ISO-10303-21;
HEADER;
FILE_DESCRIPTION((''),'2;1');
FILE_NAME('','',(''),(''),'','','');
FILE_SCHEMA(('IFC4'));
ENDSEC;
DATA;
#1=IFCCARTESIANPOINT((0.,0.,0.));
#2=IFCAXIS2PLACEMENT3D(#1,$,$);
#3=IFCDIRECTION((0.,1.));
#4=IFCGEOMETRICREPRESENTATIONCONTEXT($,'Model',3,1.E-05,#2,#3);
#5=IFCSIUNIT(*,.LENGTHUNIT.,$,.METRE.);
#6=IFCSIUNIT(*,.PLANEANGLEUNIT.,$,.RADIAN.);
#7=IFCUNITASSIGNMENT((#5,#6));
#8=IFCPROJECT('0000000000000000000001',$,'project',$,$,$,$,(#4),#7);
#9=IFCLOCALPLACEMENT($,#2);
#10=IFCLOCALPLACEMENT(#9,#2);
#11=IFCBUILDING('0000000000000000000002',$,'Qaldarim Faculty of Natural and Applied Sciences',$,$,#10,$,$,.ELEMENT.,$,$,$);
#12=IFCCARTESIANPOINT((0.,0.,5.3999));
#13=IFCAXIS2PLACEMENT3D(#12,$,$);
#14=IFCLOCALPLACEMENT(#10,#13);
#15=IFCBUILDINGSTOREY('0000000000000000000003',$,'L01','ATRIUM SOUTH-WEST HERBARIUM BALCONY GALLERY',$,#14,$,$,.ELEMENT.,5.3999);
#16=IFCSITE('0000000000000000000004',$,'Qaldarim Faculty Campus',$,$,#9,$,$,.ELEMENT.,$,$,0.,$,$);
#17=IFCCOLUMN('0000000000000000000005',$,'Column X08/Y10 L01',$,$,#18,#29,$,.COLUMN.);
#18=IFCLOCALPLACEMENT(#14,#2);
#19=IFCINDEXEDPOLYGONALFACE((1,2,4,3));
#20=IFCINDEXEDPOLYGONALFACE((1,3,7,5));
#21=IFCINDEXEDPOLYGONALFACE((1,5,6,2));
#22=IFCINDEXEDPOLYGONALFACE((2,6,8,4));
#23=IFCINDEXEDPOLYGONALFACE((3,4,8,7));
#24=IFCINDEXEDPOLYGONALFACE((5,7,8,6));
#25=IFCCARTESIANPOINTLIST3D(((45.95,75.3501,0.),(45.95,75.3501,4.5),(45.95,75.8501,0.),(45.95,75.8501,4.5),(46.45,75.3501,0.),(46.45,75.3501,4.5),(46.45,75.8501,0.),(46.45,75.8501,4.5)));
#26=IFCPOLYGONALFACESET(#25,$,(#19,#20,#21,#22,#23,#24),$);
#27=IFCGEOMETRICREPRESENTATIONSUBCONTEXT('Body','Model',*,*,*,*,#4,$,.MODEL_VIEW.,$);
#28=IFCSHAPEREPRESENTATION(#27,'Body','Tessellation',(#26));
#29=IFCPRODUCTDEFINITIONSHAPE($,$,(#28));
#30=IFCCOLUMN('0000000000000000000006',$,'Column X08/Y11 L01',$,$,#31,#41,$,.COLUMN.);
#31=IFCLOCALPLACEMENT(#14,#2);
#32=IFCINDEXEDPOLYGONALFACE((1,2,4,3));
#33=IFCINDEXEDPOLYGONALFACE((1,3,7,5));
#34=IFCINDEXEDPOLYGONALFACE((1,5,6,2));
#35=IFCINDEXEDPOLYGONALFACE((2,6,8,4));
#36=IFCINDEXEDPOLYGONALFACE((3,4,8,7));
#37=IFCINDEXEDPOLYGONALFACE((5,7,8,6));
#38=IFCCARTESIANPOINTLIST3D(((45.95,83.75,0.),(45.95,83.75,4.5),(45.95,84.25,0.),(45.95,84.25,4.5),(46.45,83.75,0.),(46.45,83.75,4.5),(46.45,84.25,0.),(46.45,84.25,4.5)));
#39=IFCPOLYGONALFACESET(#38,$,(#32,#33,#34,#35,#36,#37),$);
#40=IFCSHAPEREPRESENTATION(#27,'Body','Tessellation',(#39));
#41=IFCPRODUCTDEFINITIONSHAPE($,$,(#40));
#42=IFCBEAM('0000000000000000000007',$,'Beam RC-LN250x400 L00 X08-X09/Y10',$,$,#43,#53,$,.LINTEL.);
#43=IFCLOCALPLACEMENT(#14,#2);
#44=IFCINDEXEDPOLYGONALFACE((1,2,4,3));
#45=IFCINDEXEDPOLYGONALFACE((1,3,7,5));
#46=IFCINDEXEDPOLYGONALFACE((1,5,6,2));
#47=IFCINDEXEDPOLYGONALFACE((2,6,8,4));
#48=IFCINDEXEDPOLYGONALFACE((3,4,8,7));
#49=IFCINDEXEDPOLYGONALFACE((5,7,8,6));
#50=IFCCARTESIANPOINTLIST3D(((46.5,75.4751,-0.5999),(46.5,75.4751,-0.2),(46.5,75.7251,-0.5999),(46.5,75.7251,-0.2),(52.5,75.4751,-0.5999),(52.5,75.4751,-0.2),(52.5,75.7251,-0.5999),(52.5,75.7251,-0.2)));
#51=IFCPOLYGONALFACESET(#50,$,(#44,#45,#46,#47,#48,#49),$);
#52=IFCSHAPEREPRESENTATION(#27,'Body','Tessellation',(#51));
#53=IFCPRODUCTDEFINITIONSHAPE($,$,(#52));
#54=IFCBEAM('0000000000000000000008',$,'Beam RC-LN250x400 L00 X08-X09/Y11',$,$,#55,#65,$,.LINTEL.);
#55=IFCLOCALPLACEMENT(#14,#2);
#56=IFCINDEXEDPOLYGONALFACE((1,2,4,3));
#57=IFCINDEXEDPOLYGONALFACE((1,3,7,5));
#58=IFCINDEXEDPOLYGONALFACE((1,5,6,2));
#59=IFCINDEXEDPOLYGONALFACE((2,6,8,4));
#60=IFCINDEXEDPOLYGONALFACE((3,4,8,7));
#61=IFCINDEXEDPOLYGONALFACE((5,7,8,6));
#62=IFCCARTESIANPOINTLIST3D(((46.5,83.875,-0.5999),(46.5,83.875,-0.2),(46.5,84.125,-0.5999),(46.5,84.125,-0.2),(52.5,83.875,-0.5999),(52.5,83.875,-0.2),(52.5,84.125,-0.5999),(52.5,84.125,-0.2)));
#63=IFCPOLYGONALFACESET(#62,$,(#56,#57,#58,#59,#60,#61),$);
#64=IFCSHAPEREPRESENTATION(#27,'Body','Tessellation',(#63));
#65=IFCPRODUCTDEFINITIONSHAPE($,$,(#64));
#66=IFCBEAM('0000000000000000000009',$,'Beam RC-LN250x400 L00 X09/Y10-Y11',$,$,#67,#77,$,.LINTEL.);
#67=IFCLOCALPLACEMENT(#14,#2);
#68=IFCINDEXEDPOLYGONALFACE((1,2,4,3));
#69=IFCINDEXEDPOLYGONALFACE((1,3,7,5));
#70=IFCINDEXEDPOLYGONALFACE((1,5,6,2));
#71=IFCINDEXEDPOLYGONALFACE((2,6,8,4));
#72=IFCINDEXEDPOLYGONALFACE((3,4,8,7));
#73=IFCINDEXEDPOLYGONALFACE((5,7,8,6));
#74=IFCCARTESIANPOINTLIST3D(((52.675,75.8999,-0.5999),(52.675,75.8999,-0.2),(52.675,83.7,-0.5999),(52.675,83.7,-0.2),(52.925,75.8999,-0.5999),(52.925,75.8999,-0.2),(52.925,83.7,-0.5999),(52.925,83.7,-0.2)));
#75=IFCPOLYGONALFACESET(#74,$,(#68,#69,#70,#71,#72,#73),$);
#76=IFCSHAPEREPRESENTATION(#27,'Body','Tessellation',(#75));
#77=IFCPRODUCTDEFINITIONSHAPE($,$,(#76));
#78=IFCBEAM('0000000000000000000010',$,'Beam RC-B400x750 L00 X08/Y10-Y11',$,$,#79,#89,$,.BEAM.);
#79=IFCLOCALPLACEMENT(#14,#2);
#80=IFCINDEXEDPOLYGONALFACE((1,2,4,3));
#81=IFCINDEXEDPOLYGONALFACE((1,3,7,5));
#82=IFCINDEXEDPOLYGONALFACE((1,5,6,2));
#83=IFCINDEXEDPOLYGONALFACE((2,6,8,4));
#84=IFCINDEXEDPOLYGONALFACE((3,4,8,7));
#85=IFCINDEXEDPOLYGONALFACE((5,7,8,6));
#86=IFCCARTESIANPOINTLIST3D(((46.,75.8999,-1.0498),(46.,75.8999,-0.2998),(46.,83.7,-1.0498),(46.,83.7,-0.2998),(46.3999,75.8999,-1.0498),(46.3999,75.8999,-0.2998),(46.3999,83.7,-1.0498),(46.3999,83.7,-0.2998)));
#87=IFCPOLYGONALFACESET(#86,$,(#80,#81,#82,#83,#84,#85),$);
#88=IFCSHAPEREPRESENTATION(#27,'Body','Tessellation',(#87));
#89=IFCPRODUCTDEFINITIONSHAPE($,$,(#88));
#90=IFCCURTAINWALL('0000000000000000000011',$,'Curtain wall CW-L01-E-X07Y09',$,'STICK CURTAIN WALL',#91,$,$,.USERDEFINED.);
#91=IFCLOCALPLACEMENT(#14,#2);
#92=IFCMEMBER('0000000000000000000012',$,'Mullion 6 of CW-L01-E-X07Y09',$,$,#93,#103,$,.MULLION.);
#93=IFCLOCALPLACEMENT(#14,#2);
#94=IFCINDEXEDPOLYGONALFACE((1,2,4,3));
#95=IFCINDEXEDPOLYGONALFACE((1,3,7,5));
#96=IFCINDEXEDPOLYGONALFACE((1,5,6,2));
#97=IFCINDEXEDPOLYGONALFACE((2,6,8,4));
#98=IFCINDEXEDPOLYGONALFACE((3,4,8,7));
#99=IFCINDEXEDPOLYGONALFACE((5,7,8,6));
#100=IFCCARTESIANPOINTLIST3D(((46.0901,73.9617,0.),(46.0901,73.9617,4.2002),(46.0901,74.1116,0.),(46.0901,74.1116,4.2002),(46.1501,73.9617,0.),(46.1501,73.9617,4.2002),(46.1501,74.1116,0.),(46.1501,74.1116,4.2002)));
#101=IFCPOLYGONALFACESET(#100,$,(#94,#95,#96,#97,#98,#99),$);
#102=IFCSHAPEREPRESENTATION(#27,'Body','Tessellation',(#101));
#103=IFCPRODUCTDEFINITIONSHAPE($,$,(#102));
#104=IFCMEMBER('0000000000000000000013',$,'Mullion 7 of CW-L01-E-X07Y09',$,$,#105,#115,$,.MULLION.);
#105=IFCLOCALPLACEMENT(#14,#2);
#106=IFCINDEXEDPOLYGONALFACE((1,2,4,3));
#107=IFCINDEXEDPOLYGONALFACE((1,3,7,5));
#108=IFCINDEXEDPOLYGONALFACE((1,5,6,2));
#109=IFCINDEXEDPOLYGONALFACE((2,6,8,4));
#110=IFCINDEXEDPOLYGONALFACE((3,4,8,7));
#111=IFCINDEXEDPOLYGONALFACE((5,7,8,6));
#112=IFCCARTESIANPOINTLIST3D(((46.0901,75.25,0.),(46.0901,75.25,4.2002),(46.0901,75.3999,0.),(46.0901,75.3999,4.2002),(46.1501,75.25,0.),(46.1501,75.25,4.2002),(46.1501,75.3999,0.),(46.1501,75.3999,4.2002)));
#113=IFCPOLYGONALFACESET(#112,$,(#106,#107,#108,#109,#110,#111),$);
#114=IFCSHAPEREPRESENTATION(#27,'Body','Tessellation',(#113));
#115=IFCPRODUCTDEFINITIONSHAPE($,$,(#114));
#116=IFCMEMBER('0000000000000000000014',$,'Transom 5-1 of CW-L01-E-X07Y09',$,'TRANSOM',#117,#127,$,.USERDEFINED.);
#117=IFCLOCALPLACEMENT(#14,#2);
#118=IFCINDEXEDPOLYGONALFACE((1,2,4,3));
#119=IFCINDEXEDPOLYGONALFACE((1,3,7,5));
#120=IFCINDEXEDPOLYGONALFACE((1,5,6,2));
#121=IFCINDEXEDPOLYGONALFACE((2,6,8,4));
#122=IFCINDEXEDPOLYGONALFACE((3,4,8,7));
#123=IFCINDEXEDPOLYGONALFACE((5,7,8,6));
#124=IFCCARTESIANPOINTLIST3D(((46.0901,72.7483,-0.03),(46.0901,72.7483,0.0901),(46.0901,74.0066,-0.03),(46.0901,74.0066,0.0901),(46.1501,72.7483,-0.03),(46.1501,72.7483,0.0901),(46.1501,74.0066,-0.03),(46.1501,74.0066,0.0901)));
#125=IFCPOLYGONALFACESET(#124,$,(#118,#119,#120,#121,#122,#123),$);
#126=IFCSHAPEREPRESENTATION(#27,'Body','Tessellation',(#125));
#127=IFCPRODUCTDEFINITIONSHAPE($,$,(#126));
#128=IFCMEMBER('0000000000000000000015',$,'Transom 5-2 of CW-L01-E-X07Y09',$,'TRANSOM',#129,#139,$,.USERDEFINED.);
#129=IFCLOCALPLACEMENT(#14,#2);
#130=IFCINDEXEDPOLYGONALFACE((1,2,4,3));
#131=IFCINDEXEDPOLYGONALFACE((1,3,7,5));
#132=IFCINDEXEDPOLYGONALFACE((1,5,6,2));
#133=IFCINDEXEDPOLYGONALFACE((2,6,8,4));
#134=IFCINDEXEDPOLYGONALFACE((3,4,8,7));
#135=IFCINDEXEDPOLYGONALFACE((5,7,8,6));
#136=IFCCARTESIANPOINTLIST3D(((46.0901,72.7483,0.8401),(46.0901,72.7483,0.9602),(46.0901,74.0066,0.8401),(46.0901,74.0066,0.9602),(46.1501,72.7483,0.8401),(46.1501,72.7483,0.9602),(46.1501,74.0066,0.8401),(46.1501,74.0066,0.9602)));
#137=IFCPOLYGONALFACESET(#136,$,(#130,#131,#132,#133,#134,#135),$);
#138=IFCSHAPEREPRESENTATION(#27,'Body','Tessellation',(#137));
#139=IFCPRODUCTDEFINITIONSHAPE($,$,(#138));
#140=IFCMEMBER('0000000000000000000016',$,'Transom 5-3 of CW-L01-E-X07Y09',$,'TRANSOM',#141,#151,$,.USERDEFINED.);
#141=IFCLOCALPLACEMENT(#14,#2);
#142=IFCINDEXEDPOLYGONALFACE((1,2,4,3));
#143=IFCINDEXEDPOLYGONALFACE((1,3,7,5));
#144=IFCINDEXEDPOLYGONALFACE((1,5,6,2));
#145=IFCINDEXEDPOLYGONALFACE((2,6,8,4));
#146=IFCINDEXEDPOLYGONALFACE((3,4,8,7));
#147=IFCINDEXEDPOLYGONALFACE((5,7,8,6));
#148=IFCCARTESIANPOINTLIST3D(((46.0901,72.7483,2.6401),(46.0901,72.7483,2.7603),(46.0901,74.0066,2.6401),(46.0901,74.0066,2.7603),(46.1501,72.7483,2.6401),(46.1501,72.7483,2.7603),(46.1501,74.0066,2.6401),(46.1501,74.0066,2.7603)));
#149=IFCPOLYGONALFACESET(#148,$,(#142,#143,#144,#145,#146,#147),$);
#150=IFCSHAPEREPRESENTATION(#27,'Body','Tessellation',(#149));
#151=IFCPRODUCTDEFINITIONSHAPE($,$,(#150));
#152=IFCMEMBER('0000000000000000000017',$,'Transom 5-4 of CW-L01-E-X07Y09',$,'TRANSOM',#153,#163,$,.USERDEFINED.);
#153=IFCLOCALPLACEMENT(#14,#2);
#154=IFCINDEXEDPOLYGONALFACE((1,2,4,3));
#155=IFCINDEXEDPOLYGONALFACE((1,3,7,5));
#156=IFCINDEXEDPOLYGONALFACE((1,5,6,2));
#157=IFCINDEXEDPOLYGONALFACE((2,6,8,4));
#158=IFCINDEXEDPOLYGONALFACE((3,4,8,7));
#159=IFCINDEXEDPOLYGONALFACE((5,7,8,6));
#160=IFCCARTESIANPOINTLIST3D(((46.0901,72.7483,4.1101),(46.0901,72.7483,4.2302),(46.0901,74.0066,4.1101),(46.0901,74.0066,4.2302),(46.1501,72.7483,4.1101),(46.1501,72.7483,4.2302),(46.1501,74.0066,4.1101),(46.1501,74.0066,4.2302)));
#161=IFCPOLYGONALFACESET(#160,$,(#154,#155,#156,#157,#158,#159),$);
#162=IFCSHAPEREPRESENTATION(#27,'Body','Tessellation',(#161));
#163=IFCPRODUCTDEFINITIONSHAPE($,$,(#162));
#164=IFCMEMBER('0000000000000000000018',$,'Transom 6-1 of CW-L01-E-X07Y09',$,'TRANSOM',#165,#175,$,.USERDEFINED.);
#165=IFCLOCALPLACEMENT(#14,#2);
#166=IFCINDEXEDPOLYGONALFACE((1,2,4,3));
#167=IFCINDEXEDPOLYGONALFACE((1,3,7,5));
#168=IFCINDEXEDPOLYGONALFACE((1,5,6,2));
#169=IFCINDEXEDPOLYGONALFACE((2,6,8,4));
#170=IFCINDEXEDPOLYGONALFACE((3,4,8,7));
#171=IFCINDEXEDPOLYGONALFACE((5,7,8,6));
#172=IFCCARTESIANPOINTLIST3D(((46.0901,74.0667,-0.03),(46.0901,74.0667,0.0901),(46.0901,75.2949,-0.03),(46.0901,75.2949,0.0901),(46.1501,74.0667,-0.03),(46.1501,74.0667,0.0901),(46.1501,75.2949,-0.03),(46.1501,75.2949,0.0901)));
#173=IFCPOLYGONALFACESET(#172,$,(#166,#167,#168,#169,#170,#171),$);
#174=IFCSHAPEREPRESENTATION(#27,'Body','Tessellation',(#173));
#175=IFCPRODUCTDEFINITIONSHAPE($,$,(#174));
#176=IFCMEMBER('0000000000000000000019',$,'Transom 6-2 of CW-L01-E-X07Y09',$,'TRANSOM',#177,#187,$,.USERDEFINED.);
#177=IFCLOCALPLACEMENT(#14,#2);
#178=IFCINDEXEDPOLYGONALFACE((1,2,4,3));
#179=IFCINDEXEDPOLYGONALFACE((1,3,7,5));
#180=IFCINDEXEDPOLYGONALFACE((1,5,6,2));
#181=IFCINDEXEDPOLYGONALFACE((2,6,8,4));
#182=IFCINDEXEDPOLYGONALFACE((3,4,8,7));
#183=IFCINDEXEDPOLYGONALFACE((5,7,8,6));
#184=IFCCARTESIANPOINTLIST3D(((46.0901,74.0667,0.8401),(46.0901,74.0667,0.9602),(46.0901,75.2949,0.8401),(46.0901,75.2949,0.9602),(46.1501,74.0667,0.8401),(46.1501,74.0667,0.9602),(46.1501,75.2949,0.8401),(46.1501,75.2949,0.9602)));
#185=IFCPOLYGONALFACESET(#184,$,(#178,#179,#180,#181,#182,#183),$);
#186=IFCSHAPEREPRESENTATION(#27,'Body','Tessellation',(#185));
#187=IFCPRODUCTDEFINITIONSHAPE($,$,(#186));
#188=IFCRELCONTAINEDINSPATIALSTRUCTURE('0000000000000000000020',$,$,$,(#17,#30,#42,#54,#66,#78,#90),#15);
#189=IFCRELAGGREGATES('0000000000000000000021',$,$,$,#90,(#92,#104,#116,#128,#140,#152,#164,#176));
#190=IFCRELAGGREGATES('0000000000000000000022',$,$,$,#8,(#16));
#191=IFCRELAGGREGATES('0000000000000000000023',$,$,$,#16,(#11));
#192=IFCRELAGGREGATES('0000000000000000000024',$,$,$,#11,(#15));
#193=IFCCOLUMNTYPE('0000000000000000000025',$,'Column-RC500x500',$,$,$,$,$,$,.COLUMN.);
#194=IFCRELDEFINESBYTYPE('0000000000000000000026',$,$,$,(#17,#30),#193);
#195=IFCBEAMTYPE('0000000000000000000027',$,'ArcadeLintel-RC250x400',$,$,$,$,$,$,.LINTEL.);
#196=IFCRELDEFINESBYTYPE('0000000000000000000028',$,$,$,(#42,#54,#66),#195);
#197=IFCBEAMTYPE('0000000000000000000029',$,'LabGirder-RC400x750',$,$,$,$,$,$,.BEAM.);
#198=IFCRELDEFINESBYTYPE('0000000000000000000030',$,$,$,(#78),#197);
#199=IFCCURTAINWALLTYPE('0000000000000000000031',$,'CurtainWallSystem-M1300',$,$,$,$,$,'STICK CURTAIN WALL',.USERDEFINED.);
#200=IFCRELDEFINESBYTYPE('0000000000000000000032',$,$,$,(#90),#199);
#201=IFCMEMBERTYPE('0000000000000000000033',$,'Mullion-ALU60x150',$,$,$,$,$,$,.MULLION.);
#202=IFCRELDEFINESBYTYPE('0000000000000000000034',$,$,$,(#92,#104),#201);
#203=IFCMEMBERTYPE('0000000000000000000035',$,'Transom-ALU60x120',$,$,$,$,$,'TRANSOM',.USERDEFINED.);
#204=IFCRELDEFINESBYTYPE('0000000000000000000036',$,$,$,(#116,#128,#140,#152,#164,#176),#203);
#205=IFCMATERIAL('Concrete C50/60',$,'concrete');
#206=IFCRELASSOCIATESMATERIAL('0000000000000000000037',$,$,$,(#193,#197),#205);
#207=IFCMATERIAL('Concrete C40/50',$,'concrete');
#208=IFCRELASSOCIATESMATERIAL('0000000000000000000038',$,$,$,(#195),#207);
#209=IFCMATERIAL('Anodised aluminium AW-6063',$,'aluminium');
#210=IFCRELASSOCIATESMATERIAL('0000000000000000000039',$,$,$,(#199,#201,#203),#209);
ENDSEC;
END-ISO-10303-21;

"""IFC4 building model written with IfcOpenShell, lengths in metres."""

from ifc_helpers import new_model, si_unit, direction, frame, origin, origin_2d, place, context, subcontext, project, spatial, rectangle, extrude, material, material_profile, profile_set, type_object, element, aggregate, save


model = new_model("IFC4")

# Units and contexts
model_context = context("Model", 3, precision=1e-05, world=origin(), true_north=direction((0.0, 1.0)))
body_context = subcontext(model_context, "Body", "Model", "MODEL_VIEW")
ifc_project = project(units=[si_unit("LENGTHUNIT", "METRE"), si_unit("PLANEANGLEUNIT", "RADIAN")], contexts=[model_context])

# Site, building, storey
site_placement = place(None, origin())
site = spatial("IfcSite", under=ifc_project, at=site_placement, Name="Qaldarim Faculty Campus", CompositionType="ELEMENT", RefElevation=0.0)
building_placement = place(site_placement, origin())
building = spatial("IfcBuilding", under=site, at=building_placement, Name="Qaldarim Faculty of Natural and Applied Sciences", CompositionType="ELEMENT")
storey_placement = place(building_placement, frame((0.0, 0.0, 5.3999)))
storey = spatial("IfcBuildingStorey", under=building, at=storey_placement, Name="L01", Description="ATRIUM SOUTH-WEST HERBARIUM BALCONY GALLERY", CompositionType="ELEMENT", Elevation=5.3999)

# Columns
ifc_material_1 = material(Name="Concrete C50/60", Category="concrete")
ifc_material_profile_1 = material_profile(ifc_material_1, rectangle(XDim=0.5, YDim=0.5, at=origin_2d()), Name="RC-C500x500")
ifc_profile_set_1 = profile_set([ifc_material_profile_1], Name="Concrete C50/60")
column_type = type_object("IfcColumnType", Name="Column-RC500x500", PredefinedType="COLUMN", material=ifc_profile_set_1)
for number, where, z_axis, x_axis, name in (
    (1, (46.2, 75.6001, 0.0), (0.0, 0.0, 1.0), (1.0, 0.0, 0.0), "Column X08/Y10 L01"),
    (2, (46.2, 84.0, 0.0), (0.0, 0.0, 1.0), (1.0, 0.0, 0.0), "Column X08/Y11 L01"),
):
    element("IfcColumn", number, at=place(storey_placement, frame(where, z_axis=z_axis, x_axis=x_axis)), inside=storey, type_object=column_type, Name=name, PredefinedType="COLUMN", context=body_context, shape_type="SweptSolid", body=[
        extrude(rectangle(XDim=0.5, YDim=0.5, at=origin_2d()), origin(), (0.0, 0.0, 1.0), 4.5),
    ])

# Beams
ifc_material_2 = material(Name="Concrete C40/50", Category="concrete")
ifc_material_profile_2 = material_profile(ifc_material_2, rectangle(XDim=0.25, YDim=0.3999, at=origin_2d()), Name="RC-LN250x400")
ifc_profile_set_2 = profile_set([ifc_material_profile_2], Name="Concrete C40/50")
beam_type_1 = type_object("IfcBeamType", Name="ArcadeLintel-RC250x400", PredefinedType="LINTEL", material=ifc_profile_set_2)
for number, where, z_axis, x_axis, name in (
    (3, (46.5, 75.6001, -0.3999), (1.0, 0.0, 0.0), (0.0, 1.0, 0.0), "Beam RC-LN250x400 L00 X08-X09/Y10"),
    (4, (46.5, 84.0, -0.3999), (1.0, 0.0, 0.0), (0.0, 1.0, 0.0), "Beam RC-LN250x400 L00 X08-X09/Y11"),
):
    element("IfcBeam", number, at=place(storey_placement, frame(where, z_axis=z_axis, x_axis=x_axis)), inside=storey, type_object=beam_type_1, Name=name, PredefinedType="LINTEL", context=body_context, shape_type="SweptSolid", body=[
        extrude(rectangle(XDim=0.25, YDim=0.3999, at=origin_2d()), origin(), (0.0, 0.0, 1.0), 6.0),
    ])
beam_1_placement = place(storey_placement, frame((52.8, 75.8999, -0.3999), z_axis=(0.0, 1.0, 0.0), x_axis=(-1.0, 0.0, 0.0)))
element("IfcBeam", 5, at=beam_1_placement, inside=storey, type_object=beam_type_1, Name="Beam RC-LN250x400 L00 X09/Y10-Y11", PredefinedType="LINTEL", context=body_context, shape_type="SweptSolid", body=[
    extrude(rectangle(XDim=0.25, YDim=0.3999, at=origin_2d()), origin(), (0.0, 0.0, 1.0), 7.8),
])
ifc_material_profile_3 = material_profile(ifc_material_1, rectangle(XDim=0.3999, YDim=0.75, at=origin_2d()), Name="RC-B400x750")
ifc_profile_set_3 = profile_set([ifc_material_profile_3], Name="Concrete C50/60")
beam_type_2 = type_object("IfcBeamType", Name="LabGirder-RC400x750", PredefinedType="BEAM", material=ifc_profile_set_3)
beam_2_placement = place(storey_placement, frame((46.2, 75.8999, -0.6748), z_axis=(0.0, 1.0, 0.0), x_axis=(-1.0, 0.0, 0.0)))
element("IfcBeam", 6, at=beam_2_placement, inside=storey, type_object=beam_type_2, Name="Beam RC-B400x750 L00 X08/Y10-Y11", PredefinedType="BEAM", context=body_context, shape_type="SweptSolid", body=[
    extrude(rectangle(XDim=0.3999, YDim=0.75, at=origin_2d()), origin(), (0.0, 0.0, 1.0), 7.8),
])

# Curtain wall, members
ifc_material_3 = material(Name="Anodised aluminium AW-6063", Category="aluminium")
curtain_wall_type = type_object("IfcCurtainWallType", Name="CurtainWallSystem-M1300", ElementType="STICK CURTAIN WALL", PredefinedType="USERDEFINED", material=ifc_material_3)
curtain_wall_placement = place(storey_placement, origin())
curtain_wall = element("IfcCurtainWall", 7, at=curtain_wall_placement, inside=storey, type_object=curtain_wall_type, Name="Curtain wall CW-L01-E-X07Y09", ObjectType="STICK CURTAIN WALL", PredefinedType="USERDEFINED")
ifc_material_profile_4 = material_profile(ifc_material_3, rectangle(XDim=0.0601, YDim=0.1499, at=origin_2d()), Name="ALU-M60x150")
ifc_profile_set_4 = profile_set([ifc_material_profile_4], Name="Anodised aluminium AW-6063")
member_type_1 = type_object("IfcMemberType", Name="Mullion-ALU60x150", PredefinedType="MULLION", material=ifc_profile_set_4)
member_1_placement = place(storey_placement, frame((46.1201, 74.0366, 0.0), z_axis=(0.0, 0.0, 1.0), x_axis=(-1.0, 0.0, 0.0)))
member_1 = element("IfcMember", 8, at=member_1_placement, type_object=member_type_1, Name="Mullion 6 of CW-L01-E-X07Y09", PredefinedType="MULLION", context=body_context, shape_type="SweptSolid", body=[
    extrude(rectangle(XDim=0.0601, YDim=0.1499, at=origin_2d()), origin(), (0.0, 0.0, 1.0), 4.2002),
])
member_2_placement = place(storey_placement, frame((46.1201, 75.325, 0.0), z_axis=(0.0, 0.0, 1.0), x_axis=(-1.0, 0.0, 0.0)))
member_2 = element("IfcMember", 9, at=member_2_placement, type_object=member_type_1, Name="Mullion 7 of CW-L01-E-X07Y09", PredefinedType="MULLION", context=body_context, shape_type="SweptSolid", body=[
    extrude(rectangle(XDim=0.0601, YDim=0.1499, at=origin_2d()), origin(), (0.0, 0.0, 1.0), 4.2002),
])
ifc_material_profile_5 = material_profile(ifc_material_3, rectangle(XDim=0.0601, YDim=0.1201, at=origin_2d()), Name="ALU-T60x120")
ifc_profile_set_5 = profile_set([ifc_material_profile_5], Name="Anodised aluminium AW-6063")
member_type_2 = type_object("IfcMemberType", Name="Transom-ALU60x120", ElementType="TRANSOM", PredefinedType="USERDEFINED", material=ifc_profile_set_5)
member_3_placement = place(storey_placement, frame((46.1201, 72.7483, 0.03), z_axis=(0.0, 1.0, 0.0), x_axis=(-1.0, 0.0, 0.0)))
member_3 = element("IfcMember", 10, at=member_3_placement, type_object=member_type_2, Name="Transom 5-1 of CW-L01-E-X07Y09", ObjectType="TRANSOM", PredefinedType="USERDEFINED", context=body_context, shape_type="SweptSolid", body=[
    extrude(rectangle(XDim=0.0601, YDim=0.1201, at=origin_2d()), origin(), (0.0, 0.0, 1.0), 1.2583),
])
member_4_placement = place(storey_placement, frame((46.1201, 72.7483, 0.9001), z_axis=(0.0, 1.0, 0.0), x_axis=(-1.0, 0.0, 0.0)))
member_4 = element("IfcMember", 11, at=member_4_placement, type_object=member_type_2, Name="Transom 5-2 of CW-L01-E-X07Y09", ObjectType="TRANSOM", PredefinedType="USERDEFINED", context=body_context, shape_type="SweptSolid", body=[
    extrude(rectangle(XDim=0.0601, YDim=0.1201, at=origin_2d()), origin(), (0.0, 0.0, 1.0), 1.2583),
])
member_5_placement = place(storey_placement, frame((46.1201, 72.7483, 2.7002), z_axis=(0.0, 1.0, 0.0), x_axis=(-1.0, 0.0, 0.0)))
member_5 = element("IfcMember", 12, at=member_5_placement, type_object=member_type_2, Name="Transom 5-3 of CW-L01-E-X07Y09", ObjectType="TRANSOM", PredefinedType="USERDEFINED", context=body_context, shape_type="SweptSolid", body=[
    extrude(rectangle(XDim=0.0601, YDim=0.1201, at=origin_2d()), origin(), (0.0, 0.0, 1.0), 1.2583),
])
member_6_placement = place(storey_placement, frame((46.1201, 72.7483, 4.1702), z_axis=(0.0, 1.0, 0.0), x_axis=(-1.0, 0.0, 0.0)))
member_6 = element("IfcMember", 13, at=member_6_placement, type_object=member_type_2, Name="Transom 5-4 of CW-L01-E-X07Y09", ObjectType="TRANSOM", PredefinedType="USERDEFINED", context=body_context, shape_type="SweptSolid", body=[
    extrude(rectangle(XDim=0.0601, YDim=0.1201, at=origin_2d()), origin(), (0.0, 0.0, 1.0), 1.2583),
])
member_7_placement = place(storey_placement, frame((46.1201, 74.0667, 0.03), z_axis=(0.0, 1.0, 0.0), x_axis=(-1.0, 0.0, 0.0)))
member_7 = element("IfcMember", 14, at=member_7_placement, type_object=member_type_2, Name="Transom 6-1 of CW-L01-E-X07Y09", ObjectType="TRANSOM", PredefinedType="USERDEFINED", context=body_context, shape_type="SweptSolid", body=[
    extrude(rectangle(XDim=0.0601, YDim=0.1201, at=origin_2d()), origin(), (0.0, 0.0, 1.0), 1.2283),
])
member_8_placement = place(storey_placement, frame((46.1201, 74.0667, 0.9001), z_axis=(0.0, 1.0, 0.0), x_axis=(-1.0, 0.0, 0.0)))
member_8 = element("IfcMember", 15, at=member_8_placement, type_object=member_type_2, Name="Transom 6-2 of CW-L01-E-X07Y09", ObjectType="TRANSOM", PredefinedType="USERDEFINED", context=body_context, shape_type="SweptSolid", body=[
    extrude(rectangle(XDim=0.0601, YDim=0.1201, at=origin_2d()), origin(), (0.0, 0.0, 1.0), 1.2283),
])
aggregate(curtain_wall, [member_1, member_2, member_3, member_4, member_5, member_6, member_7, member_8])

save(model, "model.ifc")
